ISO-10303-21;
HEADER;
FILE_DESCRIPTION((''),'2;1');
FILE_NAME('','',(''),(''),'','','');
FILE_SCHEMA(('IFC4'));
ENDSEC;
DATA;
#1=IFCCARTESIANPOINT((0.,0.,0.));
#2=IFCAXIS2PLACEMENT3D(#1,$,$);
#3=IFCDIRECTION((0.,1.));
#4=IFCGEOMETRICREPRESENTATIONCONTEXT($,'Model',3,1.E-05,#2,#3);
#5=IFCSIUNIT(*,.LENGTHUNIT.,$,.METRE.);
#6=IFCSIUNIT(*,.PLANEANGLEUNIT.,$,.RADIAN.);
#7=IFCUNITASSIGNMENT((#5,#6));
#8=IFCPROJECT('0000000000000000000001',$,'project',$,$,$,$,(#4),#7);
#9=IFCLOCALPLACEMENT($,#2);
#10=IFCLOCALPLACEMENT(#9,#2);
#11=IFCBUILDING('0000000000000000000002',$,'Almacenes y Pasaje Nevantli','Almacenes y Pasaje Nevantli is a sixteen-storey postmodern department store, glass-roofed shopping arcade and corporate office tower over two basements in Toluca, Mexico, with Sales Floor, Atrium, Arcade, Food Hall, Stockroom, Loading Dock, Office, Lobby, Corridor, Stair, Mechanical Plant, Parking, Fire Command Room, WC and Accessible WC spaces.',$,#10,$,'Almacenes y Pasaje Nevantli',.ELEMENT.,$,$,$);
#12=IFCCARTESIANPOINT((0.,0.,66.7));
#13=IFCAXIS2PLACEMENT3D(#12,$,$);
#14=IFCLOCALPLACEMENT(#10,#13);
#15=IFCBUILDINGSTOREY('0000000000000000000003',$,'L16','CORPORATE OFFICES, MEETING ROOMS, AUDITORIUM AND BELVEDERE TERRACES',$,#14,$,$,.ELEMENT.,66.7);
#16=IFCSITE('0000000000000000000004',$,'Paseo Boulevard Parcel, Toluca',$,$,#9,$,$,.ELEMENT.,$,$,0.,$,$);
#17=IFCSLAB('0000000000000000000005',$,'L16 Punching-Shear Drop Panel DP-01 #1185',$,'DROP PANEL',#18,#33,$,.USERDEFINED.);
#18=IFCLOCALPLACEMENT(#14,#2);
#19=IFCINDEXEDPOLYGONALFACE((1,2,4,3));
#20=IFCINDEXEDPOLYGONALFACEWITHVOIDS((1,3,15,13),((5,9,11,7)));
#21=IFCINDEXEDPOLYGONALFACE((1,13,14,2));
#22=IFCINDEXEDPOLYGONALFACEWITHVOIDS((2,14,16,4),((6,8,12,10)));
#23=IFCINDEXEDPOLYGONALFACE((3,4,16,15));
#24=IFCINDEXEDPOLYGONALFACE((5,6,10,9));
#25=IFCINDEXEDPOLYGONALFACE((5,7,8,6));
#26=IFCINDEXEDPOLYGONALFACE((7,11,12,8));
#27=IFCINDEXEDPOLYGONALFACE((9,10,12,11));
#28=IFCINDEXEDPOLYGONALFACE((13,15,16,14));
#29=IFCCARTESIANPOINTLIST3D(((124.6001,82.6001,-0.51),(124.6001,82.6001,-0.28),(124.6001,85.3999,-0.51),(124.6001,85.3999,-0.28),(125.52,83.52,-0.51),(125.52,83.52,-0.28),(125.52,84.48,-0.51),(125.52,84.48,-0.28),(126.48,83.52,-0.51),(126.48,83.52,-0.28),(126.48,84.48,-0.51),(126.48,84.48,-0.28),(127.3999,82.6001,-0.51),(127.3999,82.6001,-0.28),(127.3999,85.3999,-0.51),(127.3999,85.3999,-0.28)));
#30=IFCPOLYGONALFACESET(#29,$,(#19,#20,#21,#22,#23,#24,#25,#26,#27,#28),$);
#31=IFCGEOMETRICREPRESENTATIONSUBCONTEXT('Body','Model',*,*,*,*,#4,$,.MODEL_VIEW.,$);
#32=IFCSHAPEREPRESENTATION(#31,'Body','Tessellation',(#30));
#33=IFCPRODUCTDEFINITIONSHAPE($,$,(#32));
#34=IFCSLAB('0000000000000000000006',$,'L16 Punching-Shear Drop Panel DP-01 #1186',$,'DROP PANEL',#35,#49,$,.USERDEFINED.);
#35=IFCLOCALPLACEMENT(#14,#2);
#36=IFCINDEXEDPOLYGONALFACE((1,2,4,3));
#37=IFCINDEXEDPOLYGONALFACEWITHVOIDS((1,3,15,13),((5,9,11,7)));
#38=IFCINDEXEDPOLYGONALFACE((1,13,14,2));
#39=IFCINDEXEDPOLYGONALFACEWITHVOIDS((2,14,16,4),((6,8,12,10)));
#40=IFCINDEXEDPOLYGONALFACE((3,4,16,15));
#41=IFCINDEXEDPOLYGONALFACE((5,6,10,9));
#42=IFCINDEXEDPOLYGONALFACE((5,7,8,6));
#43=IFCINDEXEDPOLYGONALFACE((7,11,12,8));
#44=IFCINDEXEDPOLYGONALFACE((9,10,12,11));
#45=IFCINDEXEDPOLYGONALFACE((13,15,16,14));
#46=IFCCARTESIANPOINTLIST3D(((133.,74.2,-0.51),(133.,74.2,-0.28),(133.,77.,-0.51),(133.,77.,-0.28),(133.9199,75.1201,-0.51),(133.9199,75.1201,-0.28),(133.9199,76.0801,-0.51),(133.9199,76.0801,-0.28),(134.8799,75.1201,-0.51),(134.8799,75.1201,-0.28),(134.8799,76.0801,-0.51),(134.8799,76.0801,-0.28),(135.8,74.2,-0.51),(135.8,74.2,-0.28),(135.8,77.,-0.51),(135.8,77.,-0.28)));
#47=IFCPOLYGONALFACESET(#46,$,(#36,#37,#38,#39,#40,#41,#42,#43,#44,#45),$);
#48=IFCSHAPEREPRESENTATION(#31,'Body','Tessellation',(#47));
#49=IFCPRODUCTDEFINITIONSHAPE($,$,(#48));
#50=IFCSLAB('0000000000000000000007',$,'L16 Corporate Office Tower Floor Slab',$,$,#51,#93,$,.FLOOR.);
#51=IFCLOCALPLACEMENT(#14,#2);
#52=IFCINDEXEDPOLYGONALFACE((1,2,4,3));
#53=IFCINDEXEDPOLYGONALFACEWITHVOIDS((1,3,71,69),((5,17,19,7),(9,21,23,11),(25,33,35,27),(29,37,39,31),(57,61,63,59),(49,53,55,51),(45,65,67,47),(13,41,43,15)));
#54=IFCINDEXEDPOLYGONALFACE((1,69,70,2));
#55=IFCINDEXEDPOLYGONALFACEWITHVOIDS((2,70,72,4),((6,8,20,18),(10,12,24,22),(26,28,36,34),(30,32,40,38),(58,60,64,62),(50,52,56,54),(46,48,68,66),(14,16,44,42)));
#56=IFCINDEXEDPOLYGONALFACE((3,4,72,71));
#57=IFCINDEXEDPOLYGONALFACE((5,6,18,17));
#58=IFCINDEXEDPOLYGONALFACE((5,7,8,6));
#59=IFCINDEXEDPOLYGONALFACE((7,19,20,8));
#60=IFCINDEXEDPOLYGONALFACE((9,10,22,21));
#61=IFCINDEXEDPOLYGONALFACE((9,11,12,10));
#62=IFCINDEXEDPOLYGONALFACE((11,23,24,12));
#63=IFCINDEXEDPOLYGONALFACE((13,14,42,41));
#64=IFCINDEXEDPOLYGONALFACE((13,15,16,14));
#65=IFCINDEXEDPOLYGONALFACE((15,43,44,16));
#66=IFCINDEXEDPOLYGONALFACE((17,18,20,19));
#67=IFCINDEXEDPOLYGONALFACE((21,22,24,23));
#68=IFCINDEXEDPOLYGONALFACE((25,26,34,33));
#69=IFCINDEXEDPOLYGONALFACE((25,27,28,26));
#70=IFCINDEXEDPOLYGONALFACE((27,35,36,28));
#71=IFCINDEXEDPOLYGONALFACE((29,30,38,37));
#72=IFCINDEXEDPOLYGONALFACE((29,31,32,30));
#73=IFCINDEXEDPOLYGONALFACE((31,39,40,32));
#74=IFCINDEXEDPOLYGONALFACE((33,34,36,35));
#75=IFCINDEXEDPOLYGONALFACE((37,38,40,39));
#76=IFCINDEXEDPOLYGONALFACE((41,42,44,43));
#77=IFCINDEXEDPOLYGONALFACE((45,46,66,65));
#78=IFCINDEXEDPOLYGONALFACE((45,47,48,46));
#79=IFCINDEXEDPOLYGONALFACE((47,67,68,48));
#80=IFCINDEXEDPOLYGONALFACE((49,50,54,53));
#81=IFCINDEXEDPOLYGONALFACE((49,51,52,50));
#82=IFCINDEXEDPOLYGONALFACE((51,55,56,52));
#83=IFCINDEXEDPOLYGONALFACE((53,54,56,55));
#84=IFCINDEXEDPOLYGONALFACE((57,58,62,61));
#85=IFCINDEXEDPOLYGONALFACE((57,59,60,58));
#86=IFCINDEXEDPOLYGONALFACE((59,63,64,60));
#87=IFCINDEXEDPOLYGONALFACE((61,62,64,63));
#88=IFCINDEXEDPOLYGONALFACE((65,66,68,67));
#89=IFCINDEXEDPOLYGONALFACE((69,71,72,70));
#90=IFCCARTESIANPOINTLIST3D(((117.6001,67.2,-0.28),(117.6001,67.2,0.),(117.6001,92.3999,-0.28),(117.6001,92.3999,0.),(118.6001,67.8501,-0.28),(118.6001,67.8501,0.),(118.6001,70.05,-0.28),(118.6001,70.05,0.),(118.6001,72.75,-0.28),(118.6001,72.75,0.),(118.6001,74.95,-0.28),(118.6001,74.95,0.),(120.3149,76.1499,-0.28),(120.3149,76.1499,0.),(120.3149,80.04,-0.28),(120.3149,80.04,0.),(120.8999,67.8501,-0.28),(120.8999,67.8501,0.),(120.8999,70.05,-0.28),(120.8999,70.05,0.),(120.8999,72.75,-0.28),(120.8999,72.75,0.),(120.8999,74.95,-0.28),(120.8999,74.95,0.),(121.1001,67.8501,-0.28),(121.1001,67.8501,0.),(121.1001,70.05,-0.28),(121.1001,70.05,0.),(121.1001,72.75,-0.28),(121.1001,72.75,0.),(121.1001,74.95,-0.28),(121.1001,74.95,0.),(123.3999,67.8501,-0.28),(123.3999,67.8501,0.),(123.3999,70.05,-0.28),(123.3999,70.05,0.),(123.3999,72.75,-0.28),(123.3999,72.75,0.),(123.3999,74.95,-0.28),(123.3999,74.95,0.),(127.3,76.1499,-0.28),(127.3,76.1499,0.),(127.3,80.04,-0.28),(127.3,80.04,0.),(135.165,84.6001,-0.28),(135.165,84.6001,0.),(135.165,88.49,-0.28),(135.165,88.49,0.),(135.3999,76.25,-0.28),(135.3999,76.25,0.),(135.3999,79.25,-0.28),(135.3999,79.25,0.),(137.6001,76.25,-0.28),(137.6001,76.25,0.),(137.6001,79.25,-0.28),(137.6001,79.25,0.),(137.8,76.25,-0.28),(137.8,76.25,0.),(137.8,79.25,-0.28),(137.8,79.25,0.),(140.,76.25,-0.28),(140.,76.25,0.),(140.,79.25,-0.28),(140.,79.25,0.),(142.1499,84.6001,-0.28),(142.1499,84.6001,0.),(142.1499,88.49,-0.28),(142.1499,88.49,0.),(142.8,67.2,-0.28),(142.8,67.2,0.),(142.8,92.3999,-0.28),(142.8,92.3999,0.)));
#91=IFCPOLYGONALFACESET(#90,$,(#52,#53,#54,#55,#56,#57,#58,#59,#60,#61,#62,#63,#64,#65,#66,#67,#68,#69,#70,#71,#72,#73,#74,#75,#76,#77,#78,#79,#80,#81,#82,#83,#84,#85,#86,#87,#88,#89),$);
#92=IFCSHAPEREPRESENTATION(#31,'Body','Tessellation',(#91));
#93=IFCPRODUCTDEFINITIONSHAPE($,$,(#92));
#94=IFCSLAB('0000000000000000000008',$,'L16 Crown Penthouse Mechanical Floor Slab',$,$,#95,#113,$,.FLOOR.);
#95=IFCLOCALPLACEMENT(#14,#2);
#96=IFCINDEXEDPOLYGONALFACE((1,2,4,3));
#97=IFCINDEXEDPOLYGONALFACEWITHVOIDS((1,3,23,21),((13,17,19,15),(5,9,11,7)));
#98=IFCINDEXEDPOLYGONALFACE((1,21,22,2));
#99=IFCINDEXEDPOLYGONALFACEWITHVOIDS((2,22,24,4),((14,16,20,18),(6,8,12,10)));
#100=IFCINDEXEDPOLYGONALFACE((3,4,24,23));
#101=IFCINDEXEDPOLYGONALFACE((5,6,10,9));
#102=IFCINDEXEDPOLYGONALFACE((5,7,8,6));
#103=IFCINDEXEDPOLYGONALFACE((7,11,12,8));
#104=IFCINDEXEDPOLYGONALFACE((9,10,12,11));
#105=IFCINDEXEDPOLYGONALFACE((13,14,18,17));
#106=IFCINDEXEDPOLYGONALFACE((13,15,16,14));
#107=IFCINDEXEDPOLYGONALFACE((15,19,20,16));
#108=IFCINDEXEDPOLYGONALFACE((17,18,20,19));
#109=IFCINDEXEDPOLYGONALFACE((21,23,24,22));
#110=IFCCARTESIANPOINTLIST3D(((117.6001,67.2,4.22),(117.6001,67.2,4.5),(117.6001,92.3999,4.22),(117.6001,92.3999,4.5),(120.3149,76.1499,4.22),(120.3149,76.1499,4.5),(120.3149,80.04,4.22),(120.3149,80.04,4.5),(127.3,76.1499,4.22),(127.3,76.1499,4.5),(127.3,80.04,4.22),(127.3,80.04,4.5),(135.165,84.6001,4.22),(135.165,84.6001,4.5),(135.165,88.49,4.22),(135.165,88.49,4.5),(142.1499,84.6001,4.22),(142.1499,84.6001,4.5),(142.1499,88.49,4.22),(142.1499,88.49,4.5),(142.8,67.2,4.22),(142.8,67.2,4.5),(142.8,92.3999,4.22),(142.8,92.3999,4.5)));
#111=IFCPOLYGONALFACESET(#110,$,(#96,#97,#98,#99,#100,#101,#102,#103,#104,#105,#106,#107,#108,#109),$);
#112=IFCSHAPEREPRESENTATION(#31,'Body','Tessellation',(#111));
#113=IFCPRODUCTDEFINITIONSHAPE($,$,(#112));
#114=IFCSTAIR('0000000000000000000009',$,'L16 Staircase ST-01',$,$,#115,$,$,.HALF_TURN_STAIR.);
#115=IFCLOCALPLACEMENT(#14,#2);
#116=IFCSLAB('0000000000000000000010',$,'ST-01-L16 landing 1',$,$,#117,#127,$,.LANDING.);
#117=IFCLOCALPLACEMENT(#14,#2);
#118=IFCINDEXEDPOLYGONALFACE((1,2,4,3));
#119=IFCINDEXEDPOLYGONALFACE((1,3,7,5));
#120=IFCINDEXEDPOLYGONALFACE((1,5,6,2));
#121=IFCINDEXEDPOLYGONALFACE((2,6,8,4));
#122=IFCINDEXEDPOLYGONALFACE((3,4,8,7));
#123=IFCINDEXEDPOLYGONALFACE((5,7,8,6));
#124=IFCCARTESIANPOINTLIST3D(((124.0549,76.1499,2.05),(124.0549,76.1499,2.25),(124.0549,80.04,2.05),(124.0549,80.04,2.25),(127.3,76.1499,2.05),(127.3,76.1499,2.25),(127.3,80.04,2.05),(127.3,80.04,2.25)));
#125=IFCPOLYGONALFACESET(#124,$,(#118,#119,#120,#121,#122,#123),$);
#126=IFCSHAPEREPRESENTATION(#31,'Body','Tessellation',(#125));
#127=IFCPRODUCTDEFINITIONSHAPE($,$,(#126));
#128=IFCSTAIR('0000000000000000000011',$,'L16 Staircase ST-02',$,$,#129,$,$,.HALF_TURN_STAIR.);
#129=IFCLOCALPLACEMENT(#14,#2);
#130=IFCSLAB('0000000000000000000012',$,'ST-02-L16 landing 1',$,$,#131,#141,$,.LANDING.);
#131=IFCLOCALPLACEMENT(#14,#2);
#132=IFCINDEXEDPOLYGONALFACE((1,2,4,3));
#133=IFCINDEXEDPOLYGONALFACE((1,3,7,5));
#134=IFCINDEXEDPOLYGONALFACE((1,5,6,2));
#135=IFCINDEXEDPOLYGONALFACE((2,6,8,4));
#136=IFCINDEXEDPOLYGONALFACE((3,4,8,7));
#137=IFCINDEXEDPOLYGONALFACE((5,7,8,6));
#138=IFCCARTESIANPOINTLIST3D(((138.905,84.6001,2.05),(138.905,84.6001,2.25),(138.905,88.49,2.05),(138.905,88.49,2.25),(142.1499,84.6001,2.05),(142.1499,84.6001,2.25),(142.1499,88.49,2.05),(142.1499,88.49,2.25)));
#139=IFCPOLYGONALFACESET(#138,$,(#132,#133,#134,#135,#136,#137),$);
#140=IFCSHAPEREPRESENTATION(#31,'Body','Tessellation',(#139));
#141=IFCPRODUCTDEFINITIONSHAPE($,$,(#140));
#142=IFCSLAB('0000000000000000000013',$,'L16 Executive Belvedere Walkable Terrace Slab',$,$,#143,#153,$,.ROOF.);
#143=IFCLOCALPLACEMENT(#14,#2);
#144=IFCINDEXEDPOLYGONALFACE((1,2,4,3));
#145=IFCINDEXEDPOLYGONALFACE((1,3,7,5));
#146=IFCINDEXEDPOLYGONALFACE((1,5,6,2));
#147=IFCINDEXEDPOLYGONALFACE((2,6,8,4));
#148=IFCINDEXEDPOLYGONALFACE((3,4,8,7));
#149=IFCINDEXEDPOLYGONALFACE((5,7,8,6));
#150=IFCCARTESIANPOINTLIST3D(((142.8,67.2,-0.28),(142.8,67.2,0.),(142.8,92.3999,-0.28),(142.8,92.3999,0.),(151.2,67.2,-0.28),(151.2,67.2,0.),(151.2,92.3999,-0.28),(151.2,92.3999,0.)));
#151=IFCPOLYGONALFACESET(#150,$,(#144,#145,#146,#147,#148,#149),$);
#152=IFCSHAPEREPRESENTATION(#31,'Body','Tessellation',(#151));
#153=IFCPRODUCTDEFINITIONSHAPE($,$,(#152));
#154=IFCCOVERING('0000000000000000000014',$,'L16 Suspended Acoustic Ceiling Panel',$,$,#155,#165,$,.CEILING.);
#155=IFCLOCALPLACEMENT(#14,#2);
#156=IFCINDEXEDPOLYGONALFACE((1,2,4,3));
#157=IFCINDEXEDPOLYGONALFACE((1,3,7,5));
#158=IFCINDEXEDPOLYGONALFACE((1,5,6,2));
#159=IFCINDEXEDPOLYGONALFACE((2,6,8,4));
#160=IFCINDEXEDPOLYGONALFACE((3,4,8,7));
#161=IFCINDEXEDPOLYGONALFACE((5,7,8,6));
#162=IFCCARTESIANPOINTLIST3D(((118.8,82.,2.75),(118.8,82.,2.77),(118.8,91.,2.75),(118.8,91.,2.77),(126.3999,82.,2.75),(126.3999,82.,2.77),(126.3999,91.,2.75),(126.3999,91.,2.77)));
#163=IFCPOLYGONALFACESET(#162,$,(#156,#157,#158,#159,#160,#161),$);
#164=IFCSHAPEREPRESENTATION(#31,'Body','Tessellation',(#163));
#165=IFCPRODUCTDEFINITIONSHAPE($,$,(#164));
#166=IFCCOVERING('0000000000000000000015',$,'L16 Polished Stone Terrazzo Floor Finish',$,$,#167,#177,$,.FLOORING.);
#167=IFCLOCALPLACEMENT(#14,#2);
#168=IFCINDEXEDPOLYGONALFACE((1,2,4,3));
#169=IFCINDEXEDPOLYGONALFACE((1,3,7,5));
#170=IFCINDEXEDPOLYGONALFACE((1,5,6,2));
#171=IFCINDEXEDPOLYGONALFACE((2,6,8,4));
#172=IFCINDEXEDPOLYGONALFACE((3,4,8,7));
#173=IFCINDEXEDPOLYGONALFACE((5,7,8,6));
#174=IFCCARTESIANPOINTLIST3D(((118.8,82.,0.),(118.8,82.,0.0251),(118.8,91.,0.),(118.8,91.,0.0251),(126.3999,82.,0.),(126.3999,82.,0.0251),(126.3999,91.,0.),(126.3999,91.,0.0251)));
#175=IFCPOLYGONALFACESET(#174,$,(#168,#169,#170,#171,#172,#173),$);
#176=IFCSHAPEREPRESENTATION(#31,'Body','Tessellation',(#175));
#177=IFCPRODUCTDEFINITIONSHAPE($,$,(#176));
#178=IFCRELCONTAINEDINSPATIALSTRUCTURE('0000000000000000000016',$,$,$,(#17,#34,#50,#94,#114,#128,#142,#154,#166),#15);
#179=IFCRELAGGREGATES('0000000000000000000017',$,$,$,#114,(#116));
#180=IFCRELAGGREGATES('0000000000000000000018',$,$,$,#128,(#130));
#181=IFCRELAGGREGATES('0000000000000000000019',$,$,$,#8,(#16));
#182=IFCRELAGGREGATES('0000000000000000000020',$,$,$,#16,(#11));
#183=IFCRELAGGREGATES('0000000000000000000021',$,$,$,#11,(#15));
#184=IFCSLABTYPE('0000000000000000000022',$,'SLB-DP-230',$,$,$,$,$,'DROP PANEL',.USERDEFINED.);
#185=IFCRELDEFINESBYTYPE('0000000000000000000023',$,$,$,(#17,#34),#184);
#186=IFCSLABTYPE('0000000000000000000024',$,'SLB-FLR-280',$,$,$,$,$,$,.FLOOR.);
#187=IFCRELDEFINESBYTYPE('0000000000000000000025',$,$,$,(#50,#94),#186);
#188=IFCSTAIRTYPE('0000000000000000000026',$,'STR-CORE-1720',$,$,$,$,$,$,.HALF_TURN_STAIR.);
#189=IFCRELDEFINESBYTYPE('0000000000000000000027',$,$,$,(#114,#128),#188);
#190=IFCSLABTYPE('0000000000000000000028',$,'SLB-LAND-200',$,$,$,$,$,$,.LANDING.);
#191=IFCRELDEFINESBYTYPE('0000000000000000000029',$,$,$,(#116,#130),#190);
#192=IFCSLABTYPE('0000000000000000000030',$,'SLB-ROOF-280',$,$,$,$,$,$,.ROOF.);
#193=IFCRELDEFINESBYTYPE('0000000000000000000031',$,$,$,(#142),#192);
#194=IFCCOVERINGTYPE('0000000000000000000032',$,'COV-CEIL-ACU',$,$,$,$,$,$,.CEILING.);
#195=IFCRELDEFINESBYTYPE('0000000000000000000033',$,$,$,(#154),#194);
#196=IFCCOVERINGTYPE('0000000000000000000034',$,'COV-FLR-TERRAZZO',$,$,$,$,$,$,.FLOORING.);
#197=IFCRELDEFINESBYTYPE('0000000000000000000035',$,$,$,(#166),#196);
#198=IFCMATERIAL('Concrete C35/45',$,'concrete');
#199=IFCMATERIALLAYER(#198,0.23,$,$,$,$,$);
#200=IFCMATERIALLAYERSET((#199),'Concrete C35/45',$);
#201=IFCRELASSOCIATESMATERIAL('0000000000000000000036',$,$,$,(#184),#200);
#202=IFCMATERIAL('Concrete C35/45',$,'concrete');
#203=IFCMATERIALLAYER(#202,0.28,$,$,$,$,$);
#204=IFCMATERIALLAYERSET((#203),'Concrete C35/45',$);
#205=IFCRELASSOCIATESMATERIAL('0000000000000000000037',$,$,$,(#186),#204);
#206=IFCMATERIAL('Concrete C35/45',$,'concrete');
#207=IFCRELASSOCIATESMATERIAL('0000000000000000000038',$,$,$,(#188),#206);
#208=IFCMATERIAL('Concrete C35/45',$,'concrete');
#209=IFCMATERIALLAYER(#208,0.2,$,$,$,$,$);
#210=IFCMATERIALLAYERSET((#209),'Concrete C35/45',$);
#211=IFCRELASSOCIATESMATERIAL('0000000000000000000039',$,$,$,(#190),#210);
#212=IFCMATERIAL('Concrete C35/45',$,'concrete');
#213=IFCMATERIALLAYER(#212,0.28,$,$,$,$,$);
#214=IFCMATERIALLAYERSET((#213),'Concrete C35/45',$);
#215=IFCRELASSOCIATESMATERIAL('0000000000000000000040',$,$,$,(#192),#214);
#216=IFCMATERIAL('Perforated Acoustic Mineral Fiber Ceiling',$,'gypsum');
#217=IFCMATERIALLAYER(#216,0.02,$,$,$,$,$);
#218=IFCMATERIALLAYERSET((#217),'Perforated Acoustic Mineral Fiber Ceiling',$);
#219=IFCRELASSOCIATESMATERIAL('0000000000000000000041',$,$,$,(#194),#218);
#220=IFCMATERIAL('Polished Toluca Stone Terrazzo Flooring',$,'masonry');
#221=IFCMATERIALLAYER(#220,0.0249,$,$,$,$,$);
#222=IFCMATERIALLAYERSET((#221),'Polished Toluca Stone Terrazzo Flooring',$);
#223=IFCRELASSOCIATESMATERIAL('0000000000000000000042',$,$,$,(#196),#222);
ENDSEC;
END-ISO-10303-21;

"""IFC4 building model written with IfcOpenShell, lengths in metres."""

from ifc_helpers import new_model, si_unit, direction, frame, origin, place, context, subcontext, project, spatial, polyline, outline, extrude, material, layer, layer_set, type_object, element, aggregate, save


model = new_model("IFC4")

# Units and contexts
model_context = context("Model", 3, precision=1e-05, world=origin(), true_north=direction((0.0, 1.0)))
body_context = subcontext(model_context, "Body", "Model", "MODEL_VIEW")
ifc_project = project(units=[si_unit("LENGTHUNIT", "METRE"), si_unit("PLANEANGLEUNIT", "RADIAN")], contexts=[model_context])

# Site, building, storey
site_placement = place(None, origin())
site = spatial("IfcSite", under=ifc_project, at=site_placement, Name="Paseo Boulevard Parcel, Toluca", CompositionType="ELEMENT", RefElevation=0.0)
building_placement = place(site_placement, origin())
building = spatial("IfcBuilding", under=site, at=building_placement, Name="Almacenes y Pasaje Nevantli", Description="Almacenes y Pasaje Nevantli is a sixteen-storey postmodern department store, glass-roofed shopping arcade and corporate office tower over two basements in Toluca, Mexico, with Sales Floor, Atrium, Arcade, Food Hall, Stockroom, Loading Dock, Office, Lobby, Corridor, Stair, Mechanical Plant, Parking, Fire Command Room, WC and Accessible WC spaces.", LongName="Almacenes y Pasaje Nevantli", CompositionType="ELEMENT")
storey_placement = place(building_placement, frame((0.0, 0.0, 66.7)))
storey = spatial("IfcBuildingStorey", under=building, at=storey_placement, Name="L16", Description="CORPORATE OFFICES, MEETING ROOMS, AUDITORIUM AND BELVEDERE TERRACES", CompositionType="ELEMENT", Elevation=66.7)

# Slabs
ifc_material_1 = material(Name="Concrete C35/45", Category="concrete")
ifc_layer_1 = layer(ifc_material_1, 0.23)
ifc_layer_set_1 = layer_set([ifc_layer_1], Name="Concrete C35/45")
slab_type_1 = type_object("IfcSlabType", Name="SLB-DP-230", ElementType="DROP PANEL", PredefinedType="USERDEFINED", material=ifc_layer_set_1)
slab_1_placement = place(storey_placement, frame((0.0, 0.0, -0.51)))
element("IfcSlab", 1, at=slab_1_placement, inside=storey, type_object=slab_type_1, Name="L16 Punching-Shear Drop Panel DP-01 #1185", ObjectType="DROP PANEL", PredefinedType="USERDEFINED", context=body_context, shape_type="SweptSolid", body=[
    extrude(outline(polyline([(124.6001, 82.6001), (127.3999, 82.6001), (127.3999, 85.3999), (124.6001, 85.3999), (124.6001, 82.6001)]), holes=[polyline([(125.52, 83.52), (126.48, 83.52), (126.48, 84.48), (125.52, 84.48), (125.52, 83.52)])]), origin(), (0.0, 0.0, 1.0), 0.23),
])
slab_2_placement = place(storey_placement, frame((0.0, 0.0, -0.51)))
element("IfcSlab", 2, at=slab_2_placement, inside=storey, type_object=slab_type_1, Name="L16 Punching-Shear Drop Panel DP-01 #1186", ObjectType="DROP PANEL", PredefinedType="USERDEFINED", context=body_context, shape_type="SweptSolid", body=[
    extrude(outline(polyline([(133.0, 74.2), (135.8, 74.2), (135.8, 77.0), (133.0, 77.0), (133.0, 74.2)]), holes=[polyline([(133.9199, 75.1201), (134.8799, 75.1201), (134.8799, 76.0801), (133.9199, 76.0801), (133.9199, 75.1201)])]), origin(), (0.0, 0.0, 1.0), 0.23),
])
ifc_material_2 = material(Name="Concrete C35/45", Category="concrete")
ifc_layer_2 = layer(ifc_material_2, 0.28)
ifc_layer_set_2 = layer_set([ifc_layer_2], Name="Concrete C35/45")
slab_type_2 = type_object("IfcSlabType", Name="SLB-FLR-280", PredefinedType="FLOOR", material=ifc_layer_set_2)
slab_3_placement = place(storey_placement, frame((0.0, 0.0, -0.28)))
element("IfcSlab", 3, at=slab_3_placement, inside=storey, type_object=slab_type_2, Name="L16 Corporate Office Tower Floor Slab", PredefinedType="FLOOR", context=body_context, shape_type="SweptSolid", body=[
    extrude(outline(polyline([(117.6001, 67.2), (142.8, 67.2), (142.8, 92.3999), (117.6001, 92.3999), (117.6001, 67.2)]), holes=[polyline([(120.3149, 76.1499), (127.3, 76.1499), (127.3, 80.04), (120.3149, 80.04), (120.3149, 76.1499)]), polyline([(135.165, 84.6001), (142.1499, 84.6001), (142.1499, 88.49), (135.165, 88.49), (135.165, 84.6001)]), polyline([(118.6001, 67.8501), (120.8999, 67.8501), (120.8999, 70.05), (118.6001, 70.05), (118.6001, 67.8501)]), polyline([(121.1001, 67.8501), (123.3999, 67.8501), (123.3999, 70.05), (121.1001, 70.05), (121.1001, 67.8501)]), polyline([(118.6001, 72.75), (120.8999, 72.75), (120.8999, 74.95), (118.6001, 74.95), (118.6001, 72.75)]), polyline([(121.1001, 72.75), (123.3999, 72.75), (123.3999, 74.95), (121.1001, 74.95), (121.1001, 72.75)]), polyline([(135.3999, 76.25), (137.6001, 76.25), (137.6001, 79.25), (135.3999, 79.25), (135.3999, 76.25)]), polyline([(137.8, 76.25), (140.0, 76.25), (140.0, 79.25), (137.8, 79.25), (137.8, 76.25)])]), origin(), (0.0, 0.0, 1.0), 0.28),
])
slab_4_placement = place(storey_placement, frame((0.0, 0.0, 4.22)))
element("IfcSlab", 4, at=slab_4_placement, inside=storey, type_object=slab_type_2, Name="L16 Crown Penthouse Mechanical Floor Slab", PredefinedType="FLOOR", context=body_context, shape_type="SweptSolid", body=[
    extrude(outline(polyline([(117.6001, 67.2), (142.8, 67.2), (142.8, 92.3999), (117.6001, 92.3999), (117.6001, 67.2)]), holes=[polyline([(120.3149, 76.1499), (127.3, 76.1499), (127.3, 80.04), (120.3149, 80.04), (120.3149, 76.1499)]), polyline([(135.165, 84.6001), (142.1499, 84.6001), (142.1499, 88.49), (135.165, 88.49), (135.165, 84.6001)])]), origin(), (0.0, 0.0, 1.0), 0.28),
])

# Stairs, slabs
ifc_material_3 = material(Name="Concrete C35/45", Category="concrete")
stair_type = type_object("IfcStairType", Name="STR-CORE-1720", PredefinedType="HALF_TURN_STAIR", material=ifc_material_3)
stair_1_placement = place(storey_placement, origin())
stair_1 = element("IfcStair", 5, at=stair_1_placement, inside=storey, type_object=stair_type, Name="L16 Staircase ST-01", PredefinedType="HALF_TURN_STAIR")
ifc_material_4 = material(Name="Concrete C35/45", Category="concrete")
ifc_layer_3 = layer(ifc_material_4, 0.2)
ifc_layer_set_3 = layer_set([ifc_layer_3], Name="Concrete C35/45")
slab_type_3 = type_object("IfcSlabType", Name="SLB-LAND-200", PredefinedType="LANDING", material=ifc_layer_set_3)
slab_5_placement = place(storey_placement, frame((0.0, 0.0, 2.05)))
slab_5 = element("IfcSlab", 6, at=slab_5_placement, type_object=slab_type_3, Name="ST-01-L16 landing 1", PredefinedType="LANDING", context=body_context, shape_type="SweptSolid", body=[
    extrude(outline(polyline([(124.0549, 76.1499), (127.3, 76.1499), (127.3, 80.04), (124.0549, 80.04), (124.0549, 76.1499)])), origin(), (0.0, 0.0, 1.0), 0.2),
])
aggregate(stair_1, [slab_5])
stair_2_placement = place(storey_placement, origin())
stair_2 = element("IfcStair", 7, at=stair_2_placement, inside=storey, type_object=stair_type, Name="L16 Staircase ST-02", PredefinedType="HALF_TURN_STAIR")
slab_6_placement = place(storey_placement, frame((0.0, 0.0, 2.05)))
slab_6 = element("IfcSlab", 8, at=slab_6_placement, type_object=slab_type_3, Name="ST-02-L16 landing 1", PredefinedType="LANDING", context=body_context, shape_type="SweptSolid", body=[
    extrude(outline(polyline([(138.905, 84.6001), (142.1499, 84.6001), (142.1499, 88.49), (138.905, 88.49), (138.905, 84.6001)])), origin(), (0.0, 0.0, 1.0), 0.2),
])
aggregate(stair_2, [slab_6])

# Slab
ifc_material_5 = material(Name="Concrete C35/45", Category="concrete")
ifc_layer_4 = layer(ifc_material_5, 0.28)
ifc_layer_set_4 = layer_set([ifc_layer_4], Name="Concrete C35/45")
slab_type_4 = type_object("IfcSlabType", Name="SLB-ROOF-280", PredefinedType="ROOF", material=ifc_layer_set_4)
slab_7_placement = place(storey_placement, frame((0.0, 0.0, -0.28)))
element("IfcSlab", 9, at=slab_7_placement, inside=storey, type_object=slab_type_4, Name="L16 Executive Belvedere Walkable Terrace Slab", PredefinedType="ROOF", context=body_context, shape_type="SweptSolid", body=[
    extrude(outline(polyline([(142.8, 67.2), (151.2, 67.2), (151.2, 92.3999), (142.8, 92.3999), (142.8, 67.2)])), origin(), (0.0, 0.0, 1.0), 0.28),
])

# Coverings
ifc_material_6 = material(Name="Perforated Acoustic Mineral Fiber Ceiling", Category="gypsum")
ifc_layer_5 = layer(ifc_material_6, 0.02)
ifc_layer_set_5 = layer_set([ifc_layer_5], Name="Perforated Acoustic Mineral Fiber Ceiling")
covering_type_1 = type_object("IfcCoveringType", Name="COV-CEIL-ACU", PredefinedType="CEILING", material=ifc_layer_set_5)
covering_1_placement = place(storey_placement, frame((0.0, 0.0, 2.75)))
element("IfcCovering", 10, at=covering_1_placement, inside=storey, type_object=covering_type_1, Name="L16 Suspended Acoustic Ceiling Panel", PredefinedType="CEILING", context=body_context, shape_type="SweptSolid", body=[
    extrude(outline(polyline([(118.8, 82.0), (126.3999, 82.0), (126.3999, 91.0), (118.8, 91.0), (118.8, 82.0)])), origin(), (0.0, 0.0, 1.0), 0.02),
])
ifc_material_7 = material(Name="Polished Toluca Stone Terrazzo Flooring", Category="masonry")
ifc_layer_6 = layer(ifc_material_7, 0.0249)
ifc_layer_set_6 = layer_set([ifc_layer_6], Name="Polished Toluca Stone Terrazzo Flooring")
covering_type_2 = type_object("IfcCoveringType", Name="COV-FLR-TERRAZZO", PredefinedType="FLOORING", material=ifc_layer_set_6)
covering_2_placement = place(storey_placement, origin())
element("IfcCovering", 11, at=covering_2_placement, inside=storey, type_object=covering_type_2, Name="L16 Polished Stone Terrazzo Floor Finish", PredefinedType="FLOORING", context=body_context, shape_type="SweptSolid", body=[
    extrude(outline(polyline([(118.8, 82.0), (126.3999, 82.0), (126.3999, 91.0), (118.8, 91.0), (118.8, 82.0)])), origin(), (0.0, 0.0, 1.0), 0.0251),
])

save(model, "model.ifc")
